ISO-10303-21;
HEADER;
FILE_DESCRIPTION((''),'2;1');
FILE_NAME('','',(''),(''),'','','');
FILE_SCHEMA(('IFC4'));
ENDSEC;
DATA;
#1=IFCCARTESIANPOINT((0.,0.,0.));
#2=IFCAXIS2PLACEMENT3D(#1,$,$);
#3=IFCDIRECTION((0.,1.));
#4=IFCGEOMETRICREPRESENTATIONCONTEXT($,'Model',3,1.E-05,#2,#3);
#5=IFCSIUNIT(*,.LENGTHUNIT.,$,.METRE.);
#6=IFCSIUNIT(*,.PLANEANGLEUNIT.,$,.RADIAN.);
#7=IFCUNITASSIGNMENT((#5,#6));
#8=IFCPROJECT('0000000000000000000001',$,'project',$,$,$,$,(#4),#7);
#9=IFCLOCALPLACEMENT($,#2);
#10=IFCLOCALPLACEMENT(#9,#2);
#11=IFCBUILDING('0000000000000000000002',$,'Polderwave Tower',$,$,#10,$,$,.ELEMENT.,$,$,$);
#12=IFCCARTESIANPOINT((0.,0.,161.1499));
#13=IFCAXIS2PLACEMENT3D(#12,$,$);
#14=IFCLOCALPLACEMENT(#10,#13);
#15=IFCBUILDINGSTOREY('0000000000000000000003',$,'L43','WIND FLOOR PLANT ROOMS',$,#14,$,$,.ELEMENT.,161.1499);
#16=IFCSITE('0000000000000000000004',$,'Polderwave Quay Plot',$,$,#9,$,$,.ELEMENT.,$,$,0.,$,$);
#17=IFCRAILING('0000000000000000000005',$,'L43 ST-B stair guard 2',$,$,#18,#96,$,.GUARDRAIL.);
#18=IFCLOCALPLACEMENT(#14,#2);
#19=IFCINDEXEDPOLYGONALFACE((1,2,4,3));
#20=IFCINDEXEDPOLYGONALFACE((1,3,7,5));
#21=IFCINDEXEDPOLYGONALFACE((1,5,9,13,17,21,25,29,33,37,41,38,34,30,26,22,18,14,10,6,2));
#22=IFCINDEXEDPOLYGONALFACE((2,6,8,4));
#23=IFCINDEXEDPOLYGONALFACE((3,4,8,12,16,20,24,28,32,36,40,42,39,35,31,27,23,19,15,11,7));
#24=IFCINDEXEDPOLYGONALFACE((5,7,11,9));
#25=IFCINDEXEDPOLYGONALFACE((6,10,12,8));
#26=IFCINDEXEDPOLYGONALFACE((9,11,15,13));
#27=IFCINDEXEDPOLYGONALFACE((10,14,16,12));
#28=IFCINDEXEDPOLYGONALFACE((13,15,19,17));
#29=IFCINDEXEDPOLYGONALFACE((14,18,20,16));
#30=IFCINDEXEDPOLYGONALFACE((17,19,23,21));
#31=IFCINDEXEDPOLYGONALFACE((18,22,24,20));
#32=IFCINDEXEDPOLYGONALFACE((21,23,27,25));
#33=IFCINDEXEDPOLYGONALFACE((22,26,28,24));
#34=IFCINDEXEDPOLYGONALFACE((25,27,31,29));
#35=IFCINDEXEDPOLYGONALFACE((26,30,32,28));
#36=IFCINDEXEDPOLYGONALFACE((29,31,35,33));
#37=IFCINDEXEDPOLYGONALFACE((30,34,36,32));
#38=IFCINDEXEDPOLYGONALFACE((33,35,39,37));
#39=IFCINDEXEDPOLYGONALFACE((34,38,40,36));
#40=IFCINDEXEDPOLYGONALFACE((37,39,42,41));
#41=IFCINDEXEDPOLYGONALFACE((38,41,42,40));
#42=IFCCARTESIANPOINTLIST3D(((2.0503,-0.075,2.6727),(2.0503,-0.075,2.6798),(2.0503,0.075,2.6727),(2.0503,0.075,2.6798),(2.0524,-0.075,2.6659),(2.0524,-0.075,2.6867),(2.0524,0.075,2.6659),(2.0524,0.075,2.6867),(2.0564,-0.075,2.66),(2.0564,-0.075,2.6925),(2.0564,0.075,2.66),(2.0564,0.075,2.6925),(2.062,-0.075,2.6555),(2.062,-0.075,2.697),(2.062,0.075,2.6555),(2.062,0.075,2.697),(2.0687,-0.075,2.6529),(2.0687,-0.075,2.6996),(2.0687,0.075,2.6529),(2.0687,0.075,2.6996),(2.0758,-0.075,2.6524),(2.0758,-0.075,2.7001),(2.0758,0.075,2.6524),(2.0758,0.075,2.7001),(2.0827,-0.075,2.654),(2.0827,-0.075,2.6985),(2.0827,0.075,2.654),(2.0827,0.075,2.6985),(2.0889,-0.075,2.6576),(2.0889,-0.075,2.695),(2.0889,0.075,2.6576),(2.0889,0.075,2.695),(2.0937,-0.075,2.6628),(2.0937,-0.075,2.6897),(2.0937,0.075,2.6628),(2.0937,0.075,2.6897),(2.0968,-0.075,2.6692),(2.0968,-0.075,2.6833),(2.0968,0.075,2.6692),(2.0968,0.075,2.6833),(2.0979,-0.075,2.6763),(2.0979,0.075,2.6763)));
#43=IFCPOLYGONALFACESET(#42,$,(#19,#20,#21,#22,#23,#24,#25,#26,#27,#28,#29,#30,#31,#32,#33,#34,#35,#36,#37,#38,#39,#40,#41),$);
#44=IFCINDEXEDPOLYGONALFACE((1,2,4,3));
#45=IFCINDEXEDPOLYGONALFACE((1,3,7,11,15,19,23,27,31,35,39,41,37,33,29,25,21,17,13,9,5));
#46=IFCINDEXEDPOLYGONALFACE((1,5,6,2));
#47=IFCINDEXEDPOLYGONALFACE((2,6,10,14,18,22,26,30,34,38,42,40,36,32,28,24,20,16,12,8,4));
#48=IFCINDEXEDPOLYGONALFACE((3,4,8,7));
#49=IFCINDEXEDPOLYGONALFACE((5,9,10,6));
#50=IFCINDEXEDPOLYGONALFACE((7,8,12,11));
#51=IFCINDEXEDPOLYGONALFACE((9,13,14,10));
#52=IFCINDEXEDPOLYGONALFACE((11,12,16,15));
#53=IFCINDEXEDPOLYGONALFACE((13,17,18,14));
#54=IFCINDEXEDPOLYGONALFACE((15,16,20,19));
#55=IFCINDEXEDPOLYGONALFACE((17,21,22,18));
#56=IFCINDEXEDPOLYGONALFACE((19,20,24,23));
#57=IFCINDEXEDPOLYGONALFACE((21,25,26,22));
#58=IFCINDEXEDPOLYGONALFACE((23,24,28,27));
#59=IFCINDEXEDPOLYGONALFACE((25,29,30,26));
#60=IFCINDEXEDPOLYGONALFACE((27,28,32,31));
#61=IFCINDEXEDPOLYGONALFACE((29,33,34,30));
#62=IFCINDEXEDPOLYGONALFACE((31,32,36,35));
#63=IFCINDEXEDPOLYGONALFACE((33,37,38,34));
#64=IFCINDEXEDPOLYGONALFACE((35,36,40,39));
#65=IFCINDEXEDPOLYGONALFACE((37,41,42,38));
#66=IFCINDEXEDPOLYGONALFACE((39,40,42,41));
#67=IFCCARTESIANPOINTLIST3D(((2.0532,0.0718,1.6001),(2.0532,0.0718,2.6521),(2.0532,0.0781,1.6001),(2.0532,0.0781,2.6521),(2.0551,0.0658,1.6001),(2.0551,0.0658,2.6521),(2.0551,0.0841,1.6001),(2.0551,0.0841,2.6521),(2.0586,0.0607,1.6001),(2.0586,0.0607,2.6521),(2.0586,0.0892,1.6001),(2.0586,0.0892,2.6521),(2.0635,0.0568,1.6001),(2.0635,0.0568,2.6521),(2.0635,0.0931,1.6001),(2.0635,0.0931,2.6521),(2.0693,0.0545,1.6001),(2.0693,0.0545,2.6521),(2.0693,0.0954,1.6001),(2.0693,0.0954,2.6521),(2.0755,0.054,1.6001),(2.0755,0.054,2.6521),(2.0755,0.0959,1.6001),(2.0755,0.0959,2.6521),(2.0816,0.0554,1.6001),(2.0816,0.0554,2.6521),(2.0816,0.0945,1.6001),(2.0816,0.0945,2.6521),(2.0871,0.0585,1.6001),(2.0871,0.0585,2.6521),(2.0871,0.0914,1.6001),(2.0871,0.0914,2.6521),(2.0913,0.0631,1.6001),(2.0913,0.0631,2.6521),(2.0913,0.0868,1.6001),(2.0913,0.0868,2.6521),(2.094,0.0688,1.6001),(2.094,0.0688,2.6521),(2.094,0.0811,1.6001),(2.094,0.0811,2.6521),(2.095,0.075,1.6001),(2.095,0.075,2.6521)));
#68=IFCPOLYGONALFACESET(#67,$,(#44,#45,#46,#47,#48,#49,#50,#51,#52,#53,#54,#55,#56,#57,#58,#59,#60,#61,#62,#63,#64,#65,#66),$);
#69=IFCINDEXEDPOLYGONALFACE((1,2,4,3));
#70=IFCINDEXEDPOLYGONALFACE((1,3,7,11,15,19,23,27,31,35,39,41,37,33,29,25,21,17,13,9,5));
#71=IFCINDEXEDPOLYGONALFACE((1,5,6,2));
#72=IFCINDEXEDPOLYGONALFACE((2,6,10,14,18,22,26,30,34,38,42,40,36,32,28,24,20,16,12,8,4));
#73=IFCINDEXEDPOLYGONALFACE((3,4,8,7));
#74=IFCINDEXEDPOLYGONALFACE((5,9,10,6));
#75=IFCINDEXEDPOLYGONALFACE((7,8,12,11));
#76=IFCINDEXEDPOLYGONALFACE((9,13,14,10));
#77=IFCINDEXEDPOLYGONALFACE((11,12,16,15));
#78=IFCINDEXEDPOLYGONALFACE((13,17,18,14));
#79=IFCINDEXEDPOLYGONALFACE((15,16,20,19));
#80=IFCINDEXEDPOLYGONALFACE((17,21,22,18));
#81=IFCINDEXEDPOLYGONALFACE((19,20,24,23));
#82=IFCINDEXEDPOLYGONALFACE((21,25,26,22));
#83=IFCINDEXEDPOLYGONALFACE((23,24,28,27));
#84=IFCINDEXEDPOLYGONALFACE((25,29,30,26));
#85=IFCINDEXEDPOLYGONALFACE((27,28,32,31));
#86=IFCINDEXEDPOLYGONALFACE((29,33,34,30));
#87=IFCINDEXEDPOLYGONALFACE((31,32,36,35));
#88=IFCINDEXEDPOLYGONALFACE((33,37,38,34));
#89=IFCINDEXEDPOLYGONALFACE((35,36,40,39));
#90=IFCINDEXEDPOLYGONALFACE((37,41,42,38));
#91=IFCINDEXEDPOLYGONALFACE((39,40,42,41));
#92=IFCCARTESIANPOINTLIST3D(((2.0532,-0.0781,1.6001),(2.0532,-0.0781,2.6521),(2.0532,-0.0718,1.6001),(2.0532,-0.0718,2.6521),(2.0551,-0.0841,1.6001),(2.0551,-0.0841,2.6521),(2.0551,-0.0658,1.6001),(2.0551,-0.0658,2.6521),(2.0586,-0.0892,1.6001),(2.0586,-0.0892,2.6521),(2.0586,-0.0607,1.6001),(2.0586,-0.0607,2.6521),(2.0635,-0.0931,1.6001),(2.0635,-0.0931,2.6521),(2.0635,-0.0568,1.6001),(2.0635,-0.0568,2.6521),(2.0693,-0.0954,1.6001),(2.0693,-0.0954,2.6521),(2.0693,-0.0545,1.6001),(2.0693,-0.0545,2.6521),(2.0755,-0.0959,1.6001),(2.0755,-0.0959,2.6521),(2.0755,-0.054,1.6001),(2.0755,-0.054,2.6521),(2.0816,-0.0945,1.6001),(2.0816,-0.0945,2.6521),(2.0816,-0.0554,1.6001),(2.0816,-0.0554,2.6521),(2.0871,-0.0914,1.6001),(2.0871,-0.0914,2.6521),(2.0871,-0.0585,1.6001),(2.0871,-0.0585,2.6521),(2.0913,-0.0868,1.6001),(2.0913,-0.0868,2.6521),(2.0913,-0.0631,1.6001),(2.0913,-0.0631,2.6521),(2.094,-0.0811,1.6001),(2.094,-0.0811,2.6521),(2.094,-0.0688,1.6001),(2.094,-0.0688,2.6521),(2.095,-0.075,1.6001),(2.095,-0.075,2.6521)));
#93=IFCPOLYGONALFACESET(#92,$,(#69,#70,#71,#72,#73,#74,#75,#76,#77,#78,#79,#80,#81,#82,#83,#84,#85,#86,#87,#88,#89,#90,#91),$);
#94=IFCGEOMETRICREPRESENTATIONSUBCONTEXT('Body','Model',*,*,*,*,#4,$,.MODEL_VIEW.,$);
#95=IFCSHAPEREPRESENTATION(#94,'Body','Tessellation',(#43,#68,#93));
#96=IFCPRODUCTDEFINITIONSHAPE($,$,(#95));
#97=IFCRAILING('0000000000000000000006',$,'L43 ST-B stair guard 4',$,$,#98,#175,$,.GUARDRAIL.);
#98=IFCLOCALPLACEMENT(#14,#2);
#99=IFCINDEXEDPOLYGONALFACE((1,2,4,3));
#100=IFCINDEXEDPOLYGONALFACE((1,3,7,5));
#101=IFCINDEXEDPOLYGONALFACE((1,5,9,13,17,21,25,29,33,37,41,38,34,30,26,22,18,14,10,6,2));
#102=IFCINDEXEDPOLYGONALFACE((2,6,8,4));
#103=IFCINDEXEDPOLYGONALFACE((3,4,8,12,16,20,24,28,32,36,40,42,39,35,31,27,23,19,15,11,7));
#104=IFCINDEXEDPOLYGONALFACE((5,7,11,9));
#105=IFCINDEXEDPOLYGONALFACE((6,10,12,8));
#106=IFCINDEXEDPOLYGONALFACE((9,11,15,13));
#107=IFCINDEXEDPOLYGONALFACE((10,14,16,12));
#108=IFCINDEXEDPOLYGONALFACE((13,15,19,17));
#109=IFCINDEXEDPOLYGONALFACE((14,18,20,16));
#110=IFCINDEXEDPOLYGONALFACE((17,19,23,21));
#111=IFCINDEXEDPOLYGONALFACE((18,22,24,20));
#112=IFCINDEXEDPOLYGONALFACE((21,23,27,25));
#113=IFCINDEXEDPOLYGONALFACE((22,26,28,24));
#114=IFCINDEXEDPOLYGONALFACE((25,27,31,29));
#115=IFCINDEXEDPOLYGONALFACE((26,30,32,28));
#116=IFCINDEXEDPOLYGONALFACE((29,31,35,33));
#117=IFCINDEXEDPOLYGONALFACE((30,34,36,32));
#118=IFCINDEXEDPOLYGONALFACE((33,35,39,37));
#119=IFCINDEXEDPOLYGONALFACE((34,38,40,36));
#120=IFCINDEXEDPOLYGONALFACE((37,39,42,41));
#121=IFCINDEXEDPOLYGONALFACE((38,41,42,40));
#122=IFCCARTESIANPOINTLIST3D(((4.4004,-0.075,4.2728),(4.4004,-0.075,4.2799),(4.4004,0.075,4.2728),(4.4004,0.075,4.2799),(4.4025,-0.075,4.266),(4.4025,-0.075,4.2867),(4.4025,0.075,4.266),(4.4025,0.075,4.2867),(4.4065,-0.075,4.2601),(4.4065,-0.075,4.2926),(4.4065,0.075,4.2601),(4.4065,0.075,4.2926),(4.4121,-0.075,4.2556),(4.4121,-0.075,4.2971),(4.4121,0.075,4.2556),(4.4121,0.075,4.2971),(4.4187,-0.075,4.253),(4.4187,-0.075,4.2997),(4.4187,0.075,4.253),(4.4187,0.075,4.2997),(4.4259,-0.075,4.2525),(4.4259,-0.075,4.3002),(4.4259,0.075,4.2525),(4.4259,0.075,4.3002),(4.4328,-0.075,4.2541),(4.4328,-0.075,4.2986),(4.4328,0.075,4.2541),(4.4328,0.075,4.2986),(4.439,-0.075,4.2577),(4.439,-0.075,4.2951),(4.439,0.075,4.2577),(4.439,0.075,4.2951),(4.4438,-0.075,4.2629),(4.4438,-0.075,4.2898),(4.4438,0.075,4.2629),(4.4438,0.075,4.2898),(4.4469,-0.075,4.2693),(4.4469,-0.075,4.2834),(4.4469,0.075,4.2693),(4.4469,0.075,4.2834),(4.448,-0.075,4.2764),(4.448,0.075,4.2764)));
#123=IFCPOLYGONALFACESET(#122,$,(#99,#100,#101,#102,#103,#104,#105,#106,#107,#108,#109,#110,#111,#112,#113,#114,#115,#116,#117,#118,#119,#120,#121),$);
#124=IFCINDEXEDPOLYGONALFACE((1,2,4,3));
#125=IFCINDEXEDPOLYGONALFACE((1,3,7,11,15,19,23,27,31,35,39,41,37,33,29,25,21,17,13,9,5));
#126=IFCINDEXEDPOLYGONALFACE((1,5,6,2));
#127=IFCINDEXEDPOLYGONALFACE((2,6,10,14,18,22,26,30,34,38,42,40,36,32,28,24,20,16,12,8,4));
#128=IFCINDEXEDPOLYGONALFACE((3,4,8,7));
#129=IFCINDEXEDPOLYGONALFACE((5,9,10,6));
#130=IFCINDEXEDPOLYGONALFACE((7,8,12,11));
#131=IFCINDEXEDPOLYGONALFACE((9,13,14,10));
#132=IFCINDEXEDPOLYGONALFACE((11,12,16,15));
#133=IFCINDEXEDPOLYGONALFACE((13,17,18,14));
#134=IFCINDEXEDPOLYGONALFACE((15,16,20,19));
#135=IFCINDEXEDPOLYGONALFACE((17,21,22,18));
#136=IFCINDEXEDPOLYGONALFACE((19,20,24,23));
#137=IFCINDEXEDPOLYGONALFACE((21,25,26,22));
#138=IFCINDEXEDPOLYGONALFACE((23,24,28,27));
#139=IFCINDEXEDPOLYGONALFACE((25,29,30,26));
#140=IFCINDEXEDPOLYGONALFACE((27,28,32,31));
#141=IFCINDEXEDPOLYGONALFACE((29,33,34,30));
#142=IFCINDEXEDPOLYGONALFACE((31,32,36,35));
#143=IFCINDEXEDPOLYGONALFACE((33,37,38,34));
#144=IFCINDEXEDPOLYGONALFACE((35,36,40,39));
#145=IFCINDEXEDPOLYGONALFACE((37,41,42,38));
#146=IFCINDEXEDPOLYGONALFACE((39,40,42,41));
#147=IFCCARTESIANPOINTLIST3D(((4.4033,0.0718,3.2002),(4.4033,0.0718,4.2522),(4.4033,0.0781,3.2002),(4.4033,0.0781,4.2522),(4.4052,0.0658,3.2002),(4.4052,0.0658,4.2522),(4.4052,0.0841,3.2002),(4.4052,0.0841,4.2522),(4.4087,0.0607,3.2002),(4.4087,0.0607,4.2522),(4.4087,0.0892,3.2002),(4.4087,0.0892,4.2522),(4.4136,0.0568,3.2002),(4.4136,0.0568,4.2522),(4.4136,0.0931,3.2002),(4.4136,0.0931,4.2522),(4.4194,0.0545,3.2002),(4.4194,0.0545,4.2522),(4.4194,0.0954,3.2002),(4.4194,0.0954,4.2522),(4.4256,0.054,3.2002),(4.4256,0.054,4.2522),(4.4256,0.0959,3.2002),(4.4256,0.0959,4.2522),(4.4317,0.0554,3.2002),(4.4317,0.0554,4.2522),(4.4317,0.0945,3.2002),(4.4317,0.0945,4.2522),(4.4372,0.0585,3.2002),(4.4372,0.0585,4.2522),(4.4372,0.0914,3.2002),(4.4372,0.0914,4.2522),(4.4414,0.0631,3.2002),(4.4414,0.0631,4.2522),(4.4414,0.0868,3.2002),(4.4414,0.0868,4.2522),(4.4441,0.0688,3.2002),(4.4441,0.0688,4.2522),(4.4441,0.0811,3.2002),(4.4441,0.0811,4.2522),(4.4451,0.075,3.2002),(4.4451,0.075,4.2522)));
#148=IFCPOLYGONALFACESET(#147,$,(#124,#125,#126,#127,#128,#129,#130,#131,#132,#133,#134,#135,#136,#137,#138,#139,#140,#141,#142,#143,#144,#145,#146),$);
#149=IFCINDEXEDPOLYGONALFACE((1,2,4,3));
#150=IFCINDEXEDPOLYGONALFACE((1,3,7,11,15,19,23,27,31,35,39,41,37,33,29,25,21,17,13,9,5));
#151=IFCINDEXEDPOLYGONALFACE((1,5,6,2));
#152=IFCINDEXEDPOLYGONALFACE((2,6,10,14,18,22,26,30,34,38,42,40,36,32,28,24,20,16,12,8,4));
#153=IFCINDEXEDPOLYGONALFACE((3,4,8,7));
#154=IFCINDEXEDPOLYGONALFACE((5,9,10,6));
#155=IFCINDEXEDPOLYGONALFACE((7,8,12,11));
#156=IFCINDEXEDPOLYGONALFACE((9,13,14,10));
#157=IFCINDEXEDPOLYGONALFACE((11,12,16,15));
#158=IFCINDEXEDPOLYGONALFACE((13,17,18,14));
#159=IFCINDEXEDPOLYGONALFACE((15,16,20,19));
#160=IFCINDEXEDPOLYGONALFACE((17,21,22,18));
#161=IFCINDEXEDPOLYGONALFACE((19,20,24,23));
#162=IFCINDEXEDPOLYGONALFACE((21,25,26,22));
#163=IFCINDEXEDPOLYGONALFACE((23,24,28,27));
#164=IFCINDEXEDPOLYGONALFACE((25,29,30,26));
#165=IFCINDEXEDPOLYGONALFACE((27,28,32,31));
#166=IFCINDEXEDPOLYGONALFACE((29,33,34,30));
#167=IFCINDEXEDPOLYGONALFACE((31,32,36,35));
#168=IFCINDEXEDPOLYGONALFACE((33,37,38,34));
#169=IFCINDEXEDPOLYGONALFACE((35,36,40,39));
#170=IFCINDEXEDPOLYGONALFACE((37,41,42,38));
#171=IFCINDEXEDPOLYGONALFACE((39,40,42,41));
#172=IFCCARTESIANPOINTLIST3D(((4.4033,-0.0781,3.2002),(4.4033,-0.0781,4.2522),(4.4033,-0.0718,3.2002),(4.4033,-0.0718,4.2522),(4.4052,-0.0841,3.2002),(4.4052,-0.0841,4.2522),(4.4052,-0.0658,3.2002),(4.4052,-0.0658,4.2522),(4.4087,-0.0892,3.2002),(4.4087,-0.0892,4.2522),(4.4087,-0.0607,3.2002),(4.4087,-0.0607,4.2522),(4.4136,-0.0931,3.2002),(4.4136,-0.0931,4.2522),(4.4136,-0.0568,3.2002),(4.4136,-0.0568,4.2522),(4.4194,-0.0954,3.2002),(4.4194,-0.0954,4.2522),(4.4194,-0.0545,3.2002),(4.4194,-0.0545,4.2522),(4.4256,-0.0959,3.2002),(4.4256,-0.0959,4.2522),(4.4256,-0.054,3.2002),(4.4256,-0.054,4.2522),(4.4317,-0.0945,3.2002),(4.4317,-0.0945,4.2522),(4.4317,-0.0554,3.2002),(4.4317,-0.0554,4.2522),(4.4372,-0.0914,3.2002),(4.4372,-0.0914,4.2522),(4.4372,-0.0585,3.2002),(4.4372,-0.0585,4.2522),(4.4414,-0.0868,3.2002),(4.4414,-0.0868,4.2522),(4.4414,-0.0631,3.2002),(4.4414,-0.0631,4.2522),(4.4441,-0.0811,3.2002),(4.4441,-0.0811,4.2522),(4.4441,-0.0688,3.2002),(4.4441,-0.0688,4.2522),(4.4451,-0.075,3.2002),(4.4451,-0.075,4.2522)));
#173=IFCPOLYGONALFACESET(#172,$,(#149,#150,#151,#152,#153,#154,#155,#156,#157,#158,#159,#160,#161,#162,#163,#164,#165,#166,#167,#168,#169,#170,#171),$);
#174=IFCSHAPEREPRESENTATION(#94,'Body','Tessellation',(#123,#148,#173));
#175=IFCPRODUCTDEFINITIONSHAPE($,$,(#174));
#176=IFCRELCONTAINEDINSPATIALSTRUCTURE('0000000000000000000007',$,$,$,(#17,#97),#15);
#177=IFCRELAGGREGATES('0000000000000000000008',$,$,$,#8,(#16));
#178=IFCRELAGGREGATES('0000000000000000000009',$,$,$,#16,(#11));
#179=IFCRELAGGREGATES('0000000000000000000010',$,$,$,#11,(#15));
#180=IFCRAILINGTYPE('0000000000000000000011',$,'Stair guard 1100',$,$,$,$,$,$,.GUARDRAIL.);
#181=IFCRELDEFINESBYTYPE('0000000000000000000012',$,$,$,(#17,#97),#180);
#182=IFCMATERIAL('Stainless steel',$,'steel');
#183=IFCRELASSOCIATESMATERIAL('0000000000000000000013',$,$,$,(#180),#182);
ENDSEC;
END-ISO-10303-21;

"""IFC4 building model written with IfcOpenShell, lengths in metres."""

from ifc_helpers import new_model, si_unit, direction, frame, origin, origin_2d, place, context, subcontext, project, spatial, circle, extrude, material, type_object, element, save


model = new_model("IFC4")

# Units and contexts
model_context = context("Model", 3, precision=1e-05, world=origin(), true_north=direction((0.0, 1.0)))
body_context = subcontext(model_context, "Body", "Model", "MODEL_VIEW")
ifc_project = project(units=[si_unit("LENGTHUNIT", "METRE"), si_unit("PLANEANGLEUNIT", "RADIAN")], contexts=[model_context])

# Site, building, storey
site_placement = place(None, origin())
site = spatial("IfcSite", under=ifc_project, at=site_placement, Name="Polderwave Quay Plot", CompositionType="ELEMENT", RefElevation=0.0)
building_placement = place(site_placement, origin())
building = spatial("IfcBuilding", under=site, at=building_placement, Name="Polderwave Tower", CompositionType="ELEMENT")
storey_placement = place(building_placement, frame((0.0, 0.0, 161.1499)))
storey = spatial("IfcBuildingStorey", under=building, at=storey_placement, Name="L43", Description="WIND FLOOR PLANT ROOMS", CompositionType="ELEMENT", Elevation=161.1499)

# Railings
ifc_material_1 = material(Name="Stainless steel", Category="steel")
railing_type_1 = type_object("IfcRailingType", Name="Stair guard 1100", PredefinedType="GUARDRAIL", material=ifc_material_1)
for number, where, name in (
    (1, (2.074, 0.075, 1.6001), "L43 ST-B stair guard 2"),
    (2, (4.4241, 0.075, 3.2002), "L43 ST-B stair guard 4"),
):
    element("IfcRailing", number, at=place(storey_placement, frame(where)), inside=storey, type_object=railing_type_1, Name=name, PredefinedType="GUARDRAIL", context=body_context, shape_type="SweptSolid", body=[
        extrude(circle(Radius=0.0239, at=origin_2d()), frame((0.0, 0.0, 1.0762), z_axis=(0.0, -1.0, 0.0), x_axis=(1.0, 0.0, 0.0)), (0.0, 0.0, 1.0), 0.1499),
        extrude(circle(Radius=0.021, at=origin_2d()), origin(), (0.0, 0.0, 1.0), 1.052),
        extrude(circle(Radius=0.021, at=origin_2d()), frame((0.0, -0.1499, 0.0)), (0.0, 0.0, 1.0), 1.052),
    ])

save(model, "model.ifc")
